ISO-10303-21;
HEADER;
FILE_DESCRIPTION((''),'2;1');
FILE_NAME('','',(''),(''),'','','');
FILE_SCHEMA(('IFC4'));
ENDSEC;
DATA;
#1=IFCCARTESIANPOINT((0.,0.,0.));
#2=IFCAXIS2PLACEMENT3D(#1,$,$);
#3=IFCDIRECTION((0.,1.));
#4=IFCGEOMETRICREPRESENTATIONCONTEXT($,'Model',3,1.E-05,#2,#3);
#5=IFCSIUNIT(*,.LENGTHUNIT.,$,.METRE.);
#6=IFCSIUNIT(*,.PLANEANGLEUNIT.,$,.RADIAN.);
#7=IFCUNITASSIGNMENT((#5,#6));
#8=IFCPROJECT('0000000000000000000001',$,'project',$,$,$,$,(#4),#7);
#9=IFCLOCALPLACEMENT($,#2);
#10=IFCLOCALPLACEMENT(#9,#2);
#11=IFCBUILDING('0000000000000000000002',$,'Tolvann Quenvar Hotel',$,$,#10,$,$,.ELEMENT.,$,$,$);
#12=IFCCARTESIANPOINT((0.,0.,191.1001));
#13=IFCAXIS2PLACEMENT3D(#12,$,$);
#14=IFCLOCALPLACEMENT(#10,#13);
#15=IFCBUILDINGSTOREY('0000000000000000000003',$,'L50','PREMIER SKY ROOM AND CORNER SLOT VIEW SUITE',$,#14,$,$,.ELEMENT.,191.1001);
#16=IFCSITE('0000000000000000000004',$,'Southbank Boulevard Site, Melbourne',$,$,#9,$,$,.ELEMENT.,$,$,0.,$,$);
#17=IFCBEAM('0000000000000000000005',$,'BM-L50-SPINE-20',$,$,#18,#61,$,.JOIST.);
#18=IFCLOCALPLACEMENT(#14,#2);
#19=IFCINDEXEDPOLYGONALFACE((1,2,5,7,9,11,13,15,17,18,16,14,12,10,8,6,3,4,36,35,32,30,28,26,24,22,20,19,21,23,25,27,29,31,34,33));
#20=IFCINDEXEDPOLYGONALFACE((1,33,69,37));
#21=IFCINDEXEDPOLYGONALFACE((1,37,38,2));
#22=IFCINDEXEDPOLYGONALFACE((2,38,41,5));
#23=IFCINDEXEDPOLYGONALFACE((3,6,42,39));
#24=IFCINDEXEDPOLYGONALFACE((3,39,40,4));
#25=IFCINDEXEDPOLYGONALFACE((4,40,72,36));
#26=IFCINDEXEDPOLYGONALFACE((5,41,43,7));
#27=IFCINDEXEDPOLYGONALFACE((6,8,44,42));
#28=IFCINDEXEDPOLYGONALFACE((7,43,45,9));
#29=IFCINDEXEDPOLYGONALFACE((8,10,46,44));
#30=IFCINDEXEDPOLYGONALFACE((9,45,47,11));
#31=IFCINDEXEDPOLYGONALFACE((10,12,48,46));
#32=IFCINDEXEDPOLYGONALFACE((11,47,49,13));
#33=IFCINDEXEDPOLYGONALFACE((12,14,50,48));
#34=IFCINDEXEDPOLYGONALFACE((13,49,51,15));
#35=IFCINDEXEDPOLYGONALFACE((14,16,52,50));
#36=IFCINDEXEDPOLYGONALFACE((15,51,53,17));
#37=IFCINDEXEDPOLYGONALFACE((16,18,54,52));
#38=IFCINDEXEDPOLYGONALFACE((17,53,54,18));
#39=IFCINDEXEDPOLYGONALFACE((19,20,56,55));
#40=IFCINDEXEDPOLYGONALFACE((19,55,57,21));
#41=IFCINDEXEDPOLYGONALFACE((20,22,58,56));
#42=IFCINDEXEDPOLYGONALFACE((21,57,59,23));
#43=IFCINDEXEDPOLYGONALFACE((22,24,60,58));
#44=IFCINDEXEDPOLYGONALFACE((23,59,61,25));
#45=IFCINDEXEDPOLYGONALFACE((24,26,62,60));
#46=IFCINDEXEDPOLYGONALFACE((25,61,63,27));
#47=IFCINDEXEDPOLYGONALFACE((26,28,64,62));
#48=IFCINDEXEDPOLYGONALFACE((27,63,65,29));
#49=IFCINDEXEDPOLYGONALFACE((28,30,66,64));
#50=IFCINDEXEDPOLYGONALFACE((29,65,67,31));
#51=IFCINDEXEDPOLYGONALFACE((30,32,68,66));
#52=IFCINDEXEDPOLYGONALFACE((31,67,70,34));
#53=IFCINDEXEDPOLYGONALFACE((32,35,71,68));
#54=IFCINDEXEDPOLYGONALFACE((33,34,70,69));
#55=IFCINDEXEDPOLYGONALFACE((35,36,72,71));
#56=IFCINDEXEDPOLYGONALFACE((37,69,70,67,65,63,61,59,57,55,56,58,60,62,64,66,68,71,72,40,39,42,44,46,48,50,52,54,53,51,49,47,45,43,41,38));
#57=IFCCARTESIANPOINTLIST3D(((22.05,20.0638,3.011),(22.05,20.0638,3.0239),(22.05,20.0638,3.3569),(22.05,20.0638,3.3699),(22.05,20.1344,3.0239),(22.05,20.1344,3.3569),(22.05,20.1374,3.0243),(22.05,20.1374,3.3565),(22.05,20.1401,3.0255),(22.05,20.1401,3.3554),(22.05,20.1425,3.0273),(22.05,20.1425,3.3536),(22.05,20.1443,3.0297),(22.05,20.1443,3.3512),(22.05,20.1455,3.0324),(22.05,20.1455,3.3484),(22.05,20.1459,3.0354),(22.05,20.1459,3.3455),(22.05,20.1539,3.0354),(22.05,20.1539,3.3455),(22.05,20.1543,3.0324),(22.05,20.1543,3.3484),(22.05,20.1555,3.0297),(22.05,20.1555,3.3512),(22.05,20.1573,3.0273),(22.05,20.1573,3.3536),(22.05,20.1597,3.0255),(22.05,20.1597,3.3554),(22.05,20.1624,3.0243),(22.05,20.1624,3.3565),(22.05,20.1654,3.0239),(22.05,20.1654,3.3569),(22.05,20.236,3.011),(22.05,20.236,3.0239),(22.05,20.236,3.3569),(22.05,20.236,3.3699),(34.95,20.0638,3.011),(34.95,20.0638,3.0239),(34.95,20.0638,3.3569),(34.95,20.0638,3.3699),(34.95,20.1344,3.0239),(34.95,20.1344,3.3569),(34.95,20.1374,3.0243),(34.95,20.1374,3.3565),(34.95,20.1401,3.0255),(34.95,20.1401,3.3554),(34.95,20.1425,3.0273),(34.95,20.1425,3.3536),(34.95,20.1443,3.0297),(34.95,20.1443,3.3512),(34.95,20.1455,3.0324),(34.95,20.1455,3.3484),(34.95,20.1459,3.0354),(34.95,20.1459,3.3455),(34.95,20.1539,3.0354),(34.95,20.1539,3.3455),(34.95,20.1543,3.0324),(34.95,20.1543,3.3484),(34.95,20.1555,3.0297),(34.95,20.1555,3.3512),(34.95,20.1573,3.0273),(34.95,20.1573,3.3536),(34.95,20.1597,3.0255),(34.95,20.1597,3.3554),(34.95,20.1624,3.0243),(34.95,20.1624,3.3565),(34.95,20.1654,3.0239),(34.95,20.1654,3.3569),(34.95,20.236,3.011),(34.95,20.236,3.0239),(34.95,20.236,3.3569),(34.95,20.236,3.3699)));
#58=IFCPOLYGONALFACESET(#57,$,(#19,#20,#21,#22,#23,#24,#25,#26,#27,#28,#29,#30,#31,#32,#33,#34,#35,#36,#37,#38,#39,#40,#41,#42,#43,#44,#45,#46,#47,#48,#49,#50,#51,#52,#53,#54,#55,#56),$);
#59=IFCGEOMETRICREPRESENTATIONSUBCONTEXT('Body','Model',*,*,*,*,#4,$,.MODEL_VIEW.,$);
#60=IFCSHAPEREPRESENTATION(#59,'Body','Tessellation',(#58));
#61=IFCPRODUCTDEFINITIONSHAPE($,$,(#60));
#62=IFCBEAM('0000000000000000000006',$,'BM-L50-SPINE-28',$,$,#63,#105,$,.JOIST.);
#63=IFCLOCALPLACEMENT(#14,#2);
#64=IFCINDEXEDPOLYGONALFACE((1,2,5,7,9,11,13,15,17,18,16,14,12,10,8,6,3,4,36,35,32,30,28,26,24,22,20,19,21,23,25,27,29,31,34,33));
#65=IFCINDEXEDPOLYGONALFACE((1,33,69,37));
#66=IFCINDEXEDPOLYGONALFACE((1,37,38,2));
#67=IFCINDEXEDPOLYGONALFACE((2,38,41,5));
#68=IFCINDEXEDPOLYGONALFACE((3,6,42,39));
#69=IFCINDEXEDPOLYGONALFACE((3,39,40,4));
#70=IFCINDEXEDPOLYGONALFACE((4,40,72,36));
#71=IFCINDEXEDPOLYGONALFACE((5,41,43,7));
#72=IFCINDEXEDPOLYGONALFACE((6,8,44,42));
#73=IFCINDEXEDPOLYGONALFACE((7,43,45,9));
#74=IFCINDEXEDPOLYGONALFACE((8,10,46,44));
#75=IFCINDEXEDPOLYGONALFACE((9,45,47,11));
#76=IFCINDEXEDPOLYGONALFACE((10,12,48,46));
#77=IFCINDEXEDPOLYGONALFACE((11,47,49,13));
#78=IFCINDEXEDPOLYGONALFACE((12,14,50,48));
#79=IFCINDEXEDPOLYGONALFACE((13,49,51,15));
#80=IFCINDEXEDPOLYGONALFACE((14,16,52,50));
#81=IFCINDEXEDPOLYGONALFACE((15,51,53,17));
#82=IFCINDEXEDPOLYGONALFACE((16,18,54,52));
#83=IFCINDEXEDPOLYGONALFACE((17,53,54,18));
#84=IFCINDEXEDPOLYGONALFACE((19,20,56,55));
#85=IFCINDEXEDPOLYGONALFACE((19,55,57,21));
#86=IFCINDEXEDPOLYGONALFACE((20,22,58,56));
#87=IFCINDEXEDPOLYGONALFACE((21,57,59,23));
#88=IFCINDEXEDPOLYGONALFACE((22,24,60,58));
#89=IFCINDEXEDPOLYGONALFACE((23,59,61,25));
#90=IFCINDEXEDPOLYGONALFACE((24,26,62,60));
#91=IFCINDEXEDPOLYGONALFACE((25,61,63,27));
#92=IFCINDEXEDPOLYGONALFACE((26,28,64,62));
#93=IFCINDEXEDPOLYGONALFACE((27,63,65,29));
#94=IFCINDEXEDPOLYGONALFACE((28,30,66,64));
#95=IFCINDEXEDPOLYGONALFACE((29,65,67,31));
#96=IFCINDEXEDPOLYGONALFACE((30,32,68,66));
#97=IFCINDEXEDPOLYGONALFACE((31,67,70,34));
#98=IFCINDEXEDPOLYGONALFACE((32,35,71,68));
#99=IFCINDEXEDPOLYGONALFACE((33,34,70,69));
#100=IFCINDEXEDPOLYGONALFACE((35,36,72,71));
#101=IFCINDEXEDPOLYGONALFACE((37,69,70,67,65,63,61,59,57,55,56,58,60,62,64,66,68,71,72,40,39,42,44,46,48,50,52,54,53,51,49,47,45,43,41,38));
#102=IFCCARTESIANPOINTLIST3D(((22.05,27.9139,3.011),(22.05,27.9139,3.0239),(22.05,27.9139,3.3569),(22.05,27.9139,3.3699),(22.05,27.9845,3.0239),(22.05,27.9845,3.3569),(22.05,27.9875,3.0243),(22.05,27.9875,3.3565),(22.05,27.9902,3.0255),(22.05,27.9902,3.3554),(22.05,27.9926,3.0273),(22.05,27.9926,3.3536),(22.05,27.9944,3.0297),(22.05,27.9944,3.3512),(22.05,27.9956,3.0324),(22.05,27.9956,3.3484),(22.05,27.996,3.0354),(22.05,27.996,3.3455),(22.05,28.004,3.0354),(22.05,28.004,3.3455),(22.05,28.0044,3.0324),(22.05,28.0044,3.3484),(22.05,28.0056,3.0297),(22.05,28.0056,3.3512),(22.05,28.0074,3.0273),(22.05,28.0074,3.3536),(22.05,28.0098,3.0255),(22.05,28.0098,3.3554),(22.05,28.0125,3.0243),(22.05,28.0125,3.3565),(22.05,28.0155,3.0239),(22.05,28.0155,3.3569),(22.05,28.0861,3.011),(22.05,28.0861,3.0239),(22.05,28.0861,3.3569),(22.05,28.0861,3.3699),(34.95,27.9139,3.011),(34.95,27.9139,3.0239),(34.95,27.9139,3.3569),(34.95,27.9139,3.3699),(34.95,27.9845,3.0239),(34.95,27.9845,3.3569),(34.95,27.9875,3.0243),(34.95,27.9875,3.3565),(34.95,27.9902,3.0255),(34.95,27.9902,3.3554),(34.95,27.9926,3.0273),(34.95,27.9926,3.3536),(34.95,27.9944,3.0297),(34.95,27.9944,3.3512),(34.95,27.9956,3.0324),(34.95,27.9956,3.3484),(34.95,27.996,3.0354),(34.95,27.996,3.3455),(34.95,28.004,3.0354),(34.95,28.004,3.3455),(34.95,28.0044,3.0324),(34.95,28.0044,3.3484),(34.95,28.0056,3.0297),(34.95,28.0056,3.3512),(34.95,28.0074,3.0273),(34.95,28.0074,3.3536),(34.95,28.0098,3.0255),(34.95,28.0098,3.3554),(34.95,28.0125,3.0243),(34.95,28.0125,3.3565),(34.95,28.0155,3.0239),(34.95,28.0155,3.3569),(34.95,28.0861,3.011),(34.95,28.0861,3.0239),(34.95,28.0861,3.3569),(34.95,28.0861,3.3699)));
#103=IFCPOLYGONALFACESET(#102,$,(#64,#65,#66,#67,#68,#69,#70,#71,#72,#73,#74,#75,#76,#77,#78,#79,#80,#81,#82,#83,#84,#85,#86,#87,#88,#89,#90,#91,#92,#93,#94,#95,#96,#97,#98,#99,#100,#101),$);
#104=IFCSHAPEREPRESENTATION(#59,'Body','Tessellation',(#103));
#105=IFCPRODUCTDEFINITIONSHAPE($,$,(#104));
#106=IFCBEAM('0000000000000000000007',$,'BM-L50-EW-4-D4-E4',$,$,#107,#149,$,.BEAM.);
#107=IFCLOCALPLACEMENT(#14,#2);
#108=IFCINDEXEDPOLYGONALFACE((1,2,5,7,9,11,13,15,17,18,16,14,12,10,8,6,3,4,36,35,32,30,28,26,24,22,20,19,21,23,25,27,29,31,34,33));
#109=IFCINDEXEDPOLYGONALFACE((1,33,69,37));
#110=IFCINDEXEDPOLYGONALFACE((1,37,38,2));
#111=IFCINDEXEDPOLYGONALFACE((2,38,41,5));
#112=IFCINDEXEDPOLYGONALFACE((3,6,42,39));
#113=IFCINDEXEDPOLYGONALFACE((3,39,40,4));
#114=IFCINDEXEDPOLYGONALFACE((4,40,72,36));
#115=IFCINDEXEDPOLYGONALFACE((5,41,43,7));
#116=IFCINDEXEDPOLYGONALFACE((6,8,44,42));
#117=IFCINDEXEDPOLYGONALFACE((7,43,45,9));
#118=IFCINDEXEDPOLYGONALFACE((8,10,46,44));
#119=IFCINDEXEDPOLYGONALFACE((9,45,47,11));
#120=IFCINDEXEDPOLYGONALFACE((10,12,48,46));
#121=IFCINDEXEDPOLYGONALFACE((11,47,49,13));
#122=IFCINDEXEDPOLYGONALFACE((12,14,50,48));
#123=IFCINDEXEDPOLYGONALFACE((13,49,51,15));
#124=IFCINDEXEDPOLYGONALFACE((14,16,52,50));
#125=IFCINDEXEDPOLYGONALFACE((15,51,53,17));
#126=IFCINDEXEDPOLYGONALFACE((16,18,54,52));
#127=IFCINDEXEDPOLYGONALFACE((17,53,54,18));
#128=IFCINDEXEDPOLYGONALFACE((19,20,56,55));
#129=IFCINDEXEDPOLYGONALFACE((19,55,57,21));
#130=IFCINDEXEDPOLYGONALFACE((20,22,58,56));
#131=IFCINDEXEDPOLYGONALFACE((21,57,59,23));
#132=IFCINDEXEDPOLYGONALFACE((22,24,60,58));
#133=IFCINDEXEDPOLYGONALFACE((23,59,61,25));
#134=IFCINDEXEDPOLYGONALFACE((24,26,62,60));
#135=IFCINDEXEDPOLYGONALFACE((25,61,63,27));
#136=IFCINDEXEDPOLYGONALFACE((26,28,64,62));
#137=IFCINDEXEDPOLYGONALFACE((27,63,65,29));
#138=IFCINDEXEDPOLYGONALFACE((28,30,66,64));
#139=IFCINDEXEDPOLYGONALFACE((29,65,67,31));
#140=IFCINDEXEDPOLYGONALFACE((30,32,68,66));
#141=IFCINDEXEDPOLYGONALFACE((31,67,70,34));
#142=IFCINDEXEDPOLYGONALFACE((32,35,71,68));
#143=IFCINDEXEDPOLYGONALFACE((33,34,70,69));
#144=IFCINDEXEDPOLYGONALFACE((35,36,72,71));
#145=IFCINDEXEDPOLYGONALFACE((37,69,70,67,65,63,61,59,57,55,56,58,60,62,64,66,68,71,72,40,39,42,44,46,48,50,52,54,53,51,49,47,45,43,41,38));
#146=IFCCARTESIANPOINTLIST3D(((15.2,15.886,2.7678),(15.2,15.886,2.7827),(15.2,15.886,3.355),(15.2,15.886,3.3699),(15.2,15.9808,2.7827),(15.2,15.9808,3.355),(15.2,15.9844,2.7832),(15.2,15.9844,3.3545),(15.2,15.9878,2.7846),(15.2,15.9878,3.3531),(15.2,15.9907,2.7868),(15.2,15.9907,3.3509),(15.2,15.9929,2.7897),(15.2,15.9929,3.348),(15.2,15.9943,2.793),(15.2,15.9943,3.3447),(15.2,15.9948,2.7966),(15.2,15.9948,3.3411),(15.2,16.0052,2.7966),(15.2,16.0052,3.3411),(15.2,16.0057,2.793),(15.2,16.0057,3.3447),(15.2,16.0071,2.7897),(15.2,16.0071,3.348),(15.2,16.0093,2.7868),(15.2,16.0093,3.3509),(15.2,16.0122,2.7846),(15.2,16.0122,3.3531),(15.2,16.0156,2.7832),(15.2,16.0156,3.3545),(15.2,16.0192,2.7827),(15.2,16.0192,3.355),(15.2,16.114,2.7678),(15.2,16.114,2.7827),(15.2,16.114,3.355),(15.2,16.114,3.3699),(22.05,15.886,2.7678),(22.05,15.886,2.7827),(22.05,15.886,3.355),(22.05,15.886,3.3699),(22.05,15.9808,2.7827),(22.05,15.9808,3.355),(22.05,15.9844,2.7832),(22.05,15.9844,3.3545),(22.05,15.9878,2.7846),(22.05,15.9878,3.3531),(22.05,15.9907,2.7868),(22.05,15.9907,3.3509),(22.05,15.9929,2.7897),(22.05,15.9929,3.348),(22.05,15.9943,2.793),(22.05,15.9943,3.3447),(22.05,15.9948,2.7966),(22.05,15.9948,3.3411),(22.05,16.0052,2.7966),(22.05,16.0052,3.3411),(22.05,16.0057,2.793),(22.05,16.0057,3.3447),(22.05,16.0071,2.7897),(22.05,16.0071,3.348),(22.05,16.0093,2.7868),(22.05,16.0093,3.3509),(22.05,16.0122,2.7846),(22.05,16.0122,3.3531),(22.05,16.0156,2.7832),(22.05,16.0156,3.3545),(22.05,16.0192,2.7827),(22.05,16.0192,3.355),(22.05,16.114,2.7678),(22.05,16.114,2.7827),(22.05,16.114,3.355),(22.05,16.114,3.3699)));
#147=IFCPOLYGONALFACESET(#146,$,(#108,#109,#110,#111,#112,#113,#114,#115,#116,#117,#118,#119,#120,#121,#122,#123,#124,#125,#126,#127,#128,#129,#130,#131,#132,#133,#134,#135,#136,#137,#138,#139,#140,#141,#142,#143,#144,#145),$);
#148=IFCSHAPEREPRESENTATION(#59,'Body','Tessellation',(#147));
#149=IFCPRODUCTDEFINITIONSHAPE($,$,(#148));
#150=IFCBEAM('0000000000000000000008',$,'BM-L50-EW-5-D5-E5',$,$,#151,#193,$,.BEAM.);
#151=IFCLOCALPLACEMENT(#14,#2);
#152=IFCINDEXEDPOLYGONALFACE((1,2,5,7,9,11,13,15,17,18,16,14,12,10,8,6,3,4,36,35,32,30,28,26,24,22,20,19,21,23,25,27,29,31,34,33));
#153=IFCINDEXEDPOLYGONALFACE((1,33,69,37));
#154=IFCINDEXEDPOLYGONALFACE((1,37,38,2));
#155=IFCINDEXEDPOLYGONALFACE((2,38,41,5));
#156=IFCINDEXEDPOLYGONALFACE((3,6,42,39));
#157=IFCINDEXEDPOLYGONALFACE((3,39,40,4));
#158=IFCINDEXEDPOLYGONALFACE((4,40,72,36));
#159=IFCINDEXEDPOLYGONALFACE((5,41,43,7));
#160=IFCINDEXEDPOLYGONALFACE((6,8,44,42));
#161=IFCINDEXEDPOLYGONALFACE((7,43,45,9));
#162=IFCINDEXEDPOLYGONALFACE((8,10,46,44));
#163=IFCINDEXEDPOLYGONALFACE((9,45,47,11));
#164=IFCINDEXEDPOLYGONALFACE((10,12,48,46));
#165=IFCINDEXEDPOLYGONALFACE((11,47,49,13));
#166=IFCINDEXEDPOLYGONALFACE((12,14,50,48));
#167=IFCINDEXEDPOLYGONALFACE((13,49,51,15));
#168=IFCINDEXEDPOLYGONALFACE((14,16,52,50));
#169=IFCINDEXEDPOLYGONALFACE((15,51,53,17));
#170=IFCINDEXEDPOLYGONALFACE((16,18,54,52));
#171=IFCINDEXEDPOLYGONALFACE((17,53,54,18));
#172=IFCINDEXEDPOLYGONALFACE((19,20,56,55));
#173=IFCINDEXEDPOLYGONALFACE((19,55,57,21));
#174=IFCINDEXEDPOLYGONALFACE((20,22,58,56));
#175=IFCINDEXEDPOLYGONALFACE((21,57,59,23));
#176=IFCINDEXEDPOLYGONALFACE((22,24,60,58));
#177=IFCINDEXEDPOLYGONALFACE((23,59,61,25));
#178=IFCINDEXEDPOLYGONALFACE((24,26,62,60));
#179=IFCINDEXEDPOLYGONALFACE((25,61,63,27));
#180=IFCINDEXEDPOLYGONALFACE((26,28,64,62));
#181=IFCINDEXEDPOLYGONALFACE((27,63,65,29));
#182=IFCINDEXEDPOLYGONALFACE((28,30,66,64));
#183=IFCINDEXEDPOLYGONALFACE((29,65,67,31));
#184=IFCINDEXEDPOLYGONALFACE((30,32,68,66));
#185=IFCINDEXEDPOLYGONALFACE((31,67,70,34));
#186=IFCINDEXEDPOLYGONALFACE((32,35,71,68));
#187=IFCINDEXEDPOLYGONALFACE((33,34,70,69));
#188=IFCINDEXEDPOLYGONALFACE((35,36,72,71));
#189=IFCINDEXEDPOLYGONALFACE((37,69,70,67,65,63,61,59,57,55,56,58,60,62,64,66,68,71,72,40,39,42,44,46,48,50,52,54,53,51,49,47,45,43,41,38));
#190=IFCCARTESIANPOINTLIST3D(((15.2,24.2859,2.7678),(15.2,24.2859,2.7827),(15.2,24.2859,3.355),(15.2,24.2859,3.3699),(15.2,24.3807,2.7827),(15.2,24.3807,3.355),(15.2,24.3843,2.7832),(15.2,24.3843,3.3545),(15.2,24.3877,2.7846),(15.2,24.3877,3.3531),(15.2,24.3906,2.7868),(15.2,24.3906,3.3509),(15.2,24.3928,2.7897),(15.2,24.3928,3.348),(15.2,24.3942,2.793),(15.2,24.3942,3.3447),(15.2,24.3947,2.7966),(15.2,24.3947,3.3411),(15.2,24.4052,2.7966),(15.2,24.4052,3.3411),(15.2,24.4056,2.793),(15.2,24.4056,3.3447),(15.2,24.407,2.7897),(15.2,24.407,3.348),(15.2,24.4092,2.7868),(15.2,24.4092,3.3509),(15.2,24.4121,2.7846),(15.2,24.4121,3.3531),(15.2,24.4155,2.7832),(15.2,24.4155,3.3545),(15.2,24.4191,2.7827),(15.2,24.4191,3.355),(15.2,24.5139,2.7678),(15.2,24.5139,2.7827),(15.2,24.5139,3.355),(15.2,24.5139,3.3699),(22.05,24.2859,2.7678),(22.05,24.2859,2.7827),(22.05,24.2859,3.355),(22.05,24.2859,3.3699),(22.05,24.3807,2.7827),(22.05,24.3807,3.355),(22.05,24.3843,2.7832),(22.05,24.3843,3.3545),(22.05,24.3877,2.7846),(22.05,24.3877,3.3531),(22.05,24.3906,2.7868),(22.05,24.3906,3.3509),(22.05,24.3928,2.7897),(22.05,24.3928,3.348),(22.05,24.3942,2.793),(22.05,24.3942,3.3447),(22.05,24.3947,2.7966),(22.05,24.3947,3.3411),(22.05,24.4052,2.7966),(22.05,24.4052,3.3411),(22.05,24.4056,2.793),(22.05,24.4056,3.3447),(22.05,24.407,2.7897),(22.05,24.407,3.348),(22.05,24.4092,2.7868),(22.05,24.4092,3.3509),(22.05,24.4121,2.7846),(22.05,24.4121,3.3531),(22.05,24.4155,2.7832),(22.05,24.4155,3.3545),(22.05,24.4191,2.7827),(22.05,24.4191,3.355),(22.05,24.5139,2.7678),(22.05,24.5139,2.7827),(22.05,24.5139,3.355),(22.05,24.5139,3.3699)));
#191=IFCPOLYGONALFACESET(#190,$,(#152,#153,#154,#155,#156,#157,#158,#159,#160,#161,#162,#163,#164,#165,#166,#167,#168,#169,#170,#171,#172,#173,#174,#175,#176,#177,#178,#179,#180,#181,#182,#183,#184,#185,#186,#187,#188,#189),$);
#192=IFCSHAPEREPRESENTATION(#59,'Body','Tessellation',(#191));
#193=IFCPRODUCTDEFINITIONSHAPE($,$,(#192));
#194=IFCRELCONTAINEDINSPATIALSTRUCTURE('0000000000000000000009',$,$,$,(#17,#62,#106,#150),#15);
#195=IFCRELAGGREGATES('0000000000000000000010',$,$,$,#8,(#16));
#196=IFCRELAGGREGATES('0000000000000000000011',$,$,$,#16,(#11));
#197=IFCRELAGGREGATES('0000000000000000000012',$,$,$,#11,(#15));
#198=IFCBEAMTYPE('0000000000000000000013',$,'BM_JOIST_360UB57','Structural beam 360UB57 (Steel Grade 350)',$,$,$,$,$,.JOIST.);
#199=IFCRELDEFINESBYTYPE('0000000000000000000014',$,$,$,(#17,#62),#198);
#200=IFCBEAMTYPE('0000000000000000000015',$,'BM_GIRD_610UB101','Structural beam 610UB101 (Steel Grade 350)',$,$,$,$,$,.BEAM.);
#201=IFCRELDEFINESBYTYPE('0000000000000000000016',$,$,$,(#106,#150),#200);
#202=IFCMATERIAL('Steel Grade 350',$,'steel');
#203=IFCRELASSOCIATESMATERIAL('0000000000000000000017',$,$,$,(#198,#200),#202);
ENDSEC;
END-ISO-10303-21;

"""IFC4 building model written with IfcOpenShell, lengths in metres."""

from ifc_helpers import new_model, si_unit, direction, frame, origin, origin_2d, place, context, subcontext, project, spatial, i_section, extrude, source, transform, mapped, material, material_profile, profile_set, type_object, type_shapes, element, save


model = new_model("IFC4")

# Units and contexts
model_context = context("Model", 3, precision=1e-05, world=origin(), true_north=direction((0.0, 1.0)))
body_context = subcontext(model_context, "Body", "Model", "MODEL_VIEW")
ifc_project = project(units=[si_unit("LENGTHUNIT", "METRE"), si_unit("PLANEANGLEUNIT", "RADIAN")], contexts=[model_context])

# Site, building, storey
site_placement = place(None, origin())
site = spatial("IfcSite", under=ifc_project, at=site_placement, Name="Southbank Boulevard Site, Melbourne", CompositionType="ELEMENT", RefElevation=0.0)
building_placement = place(site_placement, origin())
building = spatial("IfcBuilding", under=site, at=building_placement, Name="Tolvann Quenvar Hotel", CompositionType="ELEMENT")
storey_placement = place(building_placement, frame((0.0, 0.0, 191.1001)))
storey = spatial("IfcBuildingStorey", under=building, at=storey_placement, Name="L50", Description="PREMIER SKY ROOM AND CORNER SLOT VIEW SUITE", CompositionType="ELEMENT", Elevation=191.1001)

# Shared definitions
ifc_material_1 = material(Name="Steel Grade 350", Category="steel")

# Beams
ifc_material_profile_1 = material_profile(ifc_material_1, i_section(OverallWidth=0.1721, OverallDepth=0.3589, WebThickness=0.0081, FlangeThickness=0.0129, FilletRadius=0.0115, at=origin_2d()), Name="360UB57")
ifc_profile_set_1 = profile_set([ifc_material_profile_1], Name="Steel Grade 350")
beam_type_1 = type_object("IfcBeamType", Name="BM_JOIST_360UB57", Description="Structural beam 360UB57 (Steel Grade 350)", PredefinedType="JOIST", material=ifc_profile_set_1)
shared_shape_1 = source(origin(), body_context, "Body", "SweptSolid", [
    extrude(i_section(OverallWidth=0.1721, OverallDepth=0.3589, WebThickness=0.0081, FlangeThickness=0.0129, FilletRadius=0.0115, at=origin_2d()), origin(), (0.0, 0.0, 1.0), 12.8999),
])
type_shapes(beam_type_1, [shared_shape_1])
for number, where, z_axis, x_axis, name in (
    (1, (22.05, 20.1499, 3.1904), (1.0, 0.0, 0.0), (0.0, 1.0, 0.0), "BM-L50-SPINE-20"),
    (2, (22.05, 28.0, 3.1904), (1.0, 0.0, 0.0), (0.0, 1.0, 0.0), "BM-L50-SPINE-28"),
):
    element("IfcBeam", number, at=place(storey_placement, frame(where, z_axis=z_axis, x_axis=x_axis)), inside=storey, type_object=beam_type_1, Name=name, PredefinedType="JOIST", context=body_context, shape_type="MappedRepresentation", body=[
        mapped(shared_shape_1, transform((0.0, 0.0, 0.0), x_axis=(1.0, 0.0, 0.0), y_axis=(0.0, 1.0, 0.0), z_axis=(0.0, 0.0, 1.0), scale=1.0)),
    ])
ifc_material_profile_2 = material_profile(ifc_material_1, i_section(OverallWidth=0.228, OverallDepth=0.6021, WebThickness=0.0105, FlangeThickness=0.0149, FilletRadius=0.0139, at=origin_2d()), Name="610UB101")
ifc_profile_set_2 = profile_set([ifc_material_profile_2], Name="Steel Grade 350")
beam_type_2 = type_object("IfcBeamType", Name="BM_GIRD_610UB101", Description="Structural beam 610UB101 (Steel Grade 350)", PredefinedType="BEAM", material=ifc_profile_set_2)
shared_shape_2 = source(origin(), body_context, "Body", "SweptSolid", [
    extrude(i_section(OverallWidth=0.228, OverallDepth=0.6021, WebThickness=0.0105, FlangeThickness=0.0149, FilletRadius=0.0139, at=origin_2d()), origin(), (0.0, 0.0, 1.0), 6.8501),
])
for number, where, z_axis, x_axis, name in (
    (3, (15.2, 16.0, 3.0688), (1.0, 0.0, 0.0), (0.0, 1.0, 0.0), "BM-L50-EW-4-D4-E4"),
    (4, (15.2, 24.3999, 3.0688), (1.0, 0.0, 0.0), (0.0, 1.0, 0.0), "BM-L50-EW-5-D5-E5"),
):
    element("IfcBeam", number, at=place(storey_placement, frame(where, z_axis=z_axis, x_axis=x_axis)), inside=storey, type_object=beam_type_2, Name=name, PredefinedType="BEAM", context=body_context, shape_type="MappedRepresentation", body=[
        mapped(shared_shape_2, transform((0.0, 0.0, 0.0), x_axis=(1.0, 0.0, 0.0), y_axis=(0.0, 1.0, 0.0), z_axis=(0.0, 0.0, 1.0), scale=1.0)),
    ])

save(model, "model.ifc")
